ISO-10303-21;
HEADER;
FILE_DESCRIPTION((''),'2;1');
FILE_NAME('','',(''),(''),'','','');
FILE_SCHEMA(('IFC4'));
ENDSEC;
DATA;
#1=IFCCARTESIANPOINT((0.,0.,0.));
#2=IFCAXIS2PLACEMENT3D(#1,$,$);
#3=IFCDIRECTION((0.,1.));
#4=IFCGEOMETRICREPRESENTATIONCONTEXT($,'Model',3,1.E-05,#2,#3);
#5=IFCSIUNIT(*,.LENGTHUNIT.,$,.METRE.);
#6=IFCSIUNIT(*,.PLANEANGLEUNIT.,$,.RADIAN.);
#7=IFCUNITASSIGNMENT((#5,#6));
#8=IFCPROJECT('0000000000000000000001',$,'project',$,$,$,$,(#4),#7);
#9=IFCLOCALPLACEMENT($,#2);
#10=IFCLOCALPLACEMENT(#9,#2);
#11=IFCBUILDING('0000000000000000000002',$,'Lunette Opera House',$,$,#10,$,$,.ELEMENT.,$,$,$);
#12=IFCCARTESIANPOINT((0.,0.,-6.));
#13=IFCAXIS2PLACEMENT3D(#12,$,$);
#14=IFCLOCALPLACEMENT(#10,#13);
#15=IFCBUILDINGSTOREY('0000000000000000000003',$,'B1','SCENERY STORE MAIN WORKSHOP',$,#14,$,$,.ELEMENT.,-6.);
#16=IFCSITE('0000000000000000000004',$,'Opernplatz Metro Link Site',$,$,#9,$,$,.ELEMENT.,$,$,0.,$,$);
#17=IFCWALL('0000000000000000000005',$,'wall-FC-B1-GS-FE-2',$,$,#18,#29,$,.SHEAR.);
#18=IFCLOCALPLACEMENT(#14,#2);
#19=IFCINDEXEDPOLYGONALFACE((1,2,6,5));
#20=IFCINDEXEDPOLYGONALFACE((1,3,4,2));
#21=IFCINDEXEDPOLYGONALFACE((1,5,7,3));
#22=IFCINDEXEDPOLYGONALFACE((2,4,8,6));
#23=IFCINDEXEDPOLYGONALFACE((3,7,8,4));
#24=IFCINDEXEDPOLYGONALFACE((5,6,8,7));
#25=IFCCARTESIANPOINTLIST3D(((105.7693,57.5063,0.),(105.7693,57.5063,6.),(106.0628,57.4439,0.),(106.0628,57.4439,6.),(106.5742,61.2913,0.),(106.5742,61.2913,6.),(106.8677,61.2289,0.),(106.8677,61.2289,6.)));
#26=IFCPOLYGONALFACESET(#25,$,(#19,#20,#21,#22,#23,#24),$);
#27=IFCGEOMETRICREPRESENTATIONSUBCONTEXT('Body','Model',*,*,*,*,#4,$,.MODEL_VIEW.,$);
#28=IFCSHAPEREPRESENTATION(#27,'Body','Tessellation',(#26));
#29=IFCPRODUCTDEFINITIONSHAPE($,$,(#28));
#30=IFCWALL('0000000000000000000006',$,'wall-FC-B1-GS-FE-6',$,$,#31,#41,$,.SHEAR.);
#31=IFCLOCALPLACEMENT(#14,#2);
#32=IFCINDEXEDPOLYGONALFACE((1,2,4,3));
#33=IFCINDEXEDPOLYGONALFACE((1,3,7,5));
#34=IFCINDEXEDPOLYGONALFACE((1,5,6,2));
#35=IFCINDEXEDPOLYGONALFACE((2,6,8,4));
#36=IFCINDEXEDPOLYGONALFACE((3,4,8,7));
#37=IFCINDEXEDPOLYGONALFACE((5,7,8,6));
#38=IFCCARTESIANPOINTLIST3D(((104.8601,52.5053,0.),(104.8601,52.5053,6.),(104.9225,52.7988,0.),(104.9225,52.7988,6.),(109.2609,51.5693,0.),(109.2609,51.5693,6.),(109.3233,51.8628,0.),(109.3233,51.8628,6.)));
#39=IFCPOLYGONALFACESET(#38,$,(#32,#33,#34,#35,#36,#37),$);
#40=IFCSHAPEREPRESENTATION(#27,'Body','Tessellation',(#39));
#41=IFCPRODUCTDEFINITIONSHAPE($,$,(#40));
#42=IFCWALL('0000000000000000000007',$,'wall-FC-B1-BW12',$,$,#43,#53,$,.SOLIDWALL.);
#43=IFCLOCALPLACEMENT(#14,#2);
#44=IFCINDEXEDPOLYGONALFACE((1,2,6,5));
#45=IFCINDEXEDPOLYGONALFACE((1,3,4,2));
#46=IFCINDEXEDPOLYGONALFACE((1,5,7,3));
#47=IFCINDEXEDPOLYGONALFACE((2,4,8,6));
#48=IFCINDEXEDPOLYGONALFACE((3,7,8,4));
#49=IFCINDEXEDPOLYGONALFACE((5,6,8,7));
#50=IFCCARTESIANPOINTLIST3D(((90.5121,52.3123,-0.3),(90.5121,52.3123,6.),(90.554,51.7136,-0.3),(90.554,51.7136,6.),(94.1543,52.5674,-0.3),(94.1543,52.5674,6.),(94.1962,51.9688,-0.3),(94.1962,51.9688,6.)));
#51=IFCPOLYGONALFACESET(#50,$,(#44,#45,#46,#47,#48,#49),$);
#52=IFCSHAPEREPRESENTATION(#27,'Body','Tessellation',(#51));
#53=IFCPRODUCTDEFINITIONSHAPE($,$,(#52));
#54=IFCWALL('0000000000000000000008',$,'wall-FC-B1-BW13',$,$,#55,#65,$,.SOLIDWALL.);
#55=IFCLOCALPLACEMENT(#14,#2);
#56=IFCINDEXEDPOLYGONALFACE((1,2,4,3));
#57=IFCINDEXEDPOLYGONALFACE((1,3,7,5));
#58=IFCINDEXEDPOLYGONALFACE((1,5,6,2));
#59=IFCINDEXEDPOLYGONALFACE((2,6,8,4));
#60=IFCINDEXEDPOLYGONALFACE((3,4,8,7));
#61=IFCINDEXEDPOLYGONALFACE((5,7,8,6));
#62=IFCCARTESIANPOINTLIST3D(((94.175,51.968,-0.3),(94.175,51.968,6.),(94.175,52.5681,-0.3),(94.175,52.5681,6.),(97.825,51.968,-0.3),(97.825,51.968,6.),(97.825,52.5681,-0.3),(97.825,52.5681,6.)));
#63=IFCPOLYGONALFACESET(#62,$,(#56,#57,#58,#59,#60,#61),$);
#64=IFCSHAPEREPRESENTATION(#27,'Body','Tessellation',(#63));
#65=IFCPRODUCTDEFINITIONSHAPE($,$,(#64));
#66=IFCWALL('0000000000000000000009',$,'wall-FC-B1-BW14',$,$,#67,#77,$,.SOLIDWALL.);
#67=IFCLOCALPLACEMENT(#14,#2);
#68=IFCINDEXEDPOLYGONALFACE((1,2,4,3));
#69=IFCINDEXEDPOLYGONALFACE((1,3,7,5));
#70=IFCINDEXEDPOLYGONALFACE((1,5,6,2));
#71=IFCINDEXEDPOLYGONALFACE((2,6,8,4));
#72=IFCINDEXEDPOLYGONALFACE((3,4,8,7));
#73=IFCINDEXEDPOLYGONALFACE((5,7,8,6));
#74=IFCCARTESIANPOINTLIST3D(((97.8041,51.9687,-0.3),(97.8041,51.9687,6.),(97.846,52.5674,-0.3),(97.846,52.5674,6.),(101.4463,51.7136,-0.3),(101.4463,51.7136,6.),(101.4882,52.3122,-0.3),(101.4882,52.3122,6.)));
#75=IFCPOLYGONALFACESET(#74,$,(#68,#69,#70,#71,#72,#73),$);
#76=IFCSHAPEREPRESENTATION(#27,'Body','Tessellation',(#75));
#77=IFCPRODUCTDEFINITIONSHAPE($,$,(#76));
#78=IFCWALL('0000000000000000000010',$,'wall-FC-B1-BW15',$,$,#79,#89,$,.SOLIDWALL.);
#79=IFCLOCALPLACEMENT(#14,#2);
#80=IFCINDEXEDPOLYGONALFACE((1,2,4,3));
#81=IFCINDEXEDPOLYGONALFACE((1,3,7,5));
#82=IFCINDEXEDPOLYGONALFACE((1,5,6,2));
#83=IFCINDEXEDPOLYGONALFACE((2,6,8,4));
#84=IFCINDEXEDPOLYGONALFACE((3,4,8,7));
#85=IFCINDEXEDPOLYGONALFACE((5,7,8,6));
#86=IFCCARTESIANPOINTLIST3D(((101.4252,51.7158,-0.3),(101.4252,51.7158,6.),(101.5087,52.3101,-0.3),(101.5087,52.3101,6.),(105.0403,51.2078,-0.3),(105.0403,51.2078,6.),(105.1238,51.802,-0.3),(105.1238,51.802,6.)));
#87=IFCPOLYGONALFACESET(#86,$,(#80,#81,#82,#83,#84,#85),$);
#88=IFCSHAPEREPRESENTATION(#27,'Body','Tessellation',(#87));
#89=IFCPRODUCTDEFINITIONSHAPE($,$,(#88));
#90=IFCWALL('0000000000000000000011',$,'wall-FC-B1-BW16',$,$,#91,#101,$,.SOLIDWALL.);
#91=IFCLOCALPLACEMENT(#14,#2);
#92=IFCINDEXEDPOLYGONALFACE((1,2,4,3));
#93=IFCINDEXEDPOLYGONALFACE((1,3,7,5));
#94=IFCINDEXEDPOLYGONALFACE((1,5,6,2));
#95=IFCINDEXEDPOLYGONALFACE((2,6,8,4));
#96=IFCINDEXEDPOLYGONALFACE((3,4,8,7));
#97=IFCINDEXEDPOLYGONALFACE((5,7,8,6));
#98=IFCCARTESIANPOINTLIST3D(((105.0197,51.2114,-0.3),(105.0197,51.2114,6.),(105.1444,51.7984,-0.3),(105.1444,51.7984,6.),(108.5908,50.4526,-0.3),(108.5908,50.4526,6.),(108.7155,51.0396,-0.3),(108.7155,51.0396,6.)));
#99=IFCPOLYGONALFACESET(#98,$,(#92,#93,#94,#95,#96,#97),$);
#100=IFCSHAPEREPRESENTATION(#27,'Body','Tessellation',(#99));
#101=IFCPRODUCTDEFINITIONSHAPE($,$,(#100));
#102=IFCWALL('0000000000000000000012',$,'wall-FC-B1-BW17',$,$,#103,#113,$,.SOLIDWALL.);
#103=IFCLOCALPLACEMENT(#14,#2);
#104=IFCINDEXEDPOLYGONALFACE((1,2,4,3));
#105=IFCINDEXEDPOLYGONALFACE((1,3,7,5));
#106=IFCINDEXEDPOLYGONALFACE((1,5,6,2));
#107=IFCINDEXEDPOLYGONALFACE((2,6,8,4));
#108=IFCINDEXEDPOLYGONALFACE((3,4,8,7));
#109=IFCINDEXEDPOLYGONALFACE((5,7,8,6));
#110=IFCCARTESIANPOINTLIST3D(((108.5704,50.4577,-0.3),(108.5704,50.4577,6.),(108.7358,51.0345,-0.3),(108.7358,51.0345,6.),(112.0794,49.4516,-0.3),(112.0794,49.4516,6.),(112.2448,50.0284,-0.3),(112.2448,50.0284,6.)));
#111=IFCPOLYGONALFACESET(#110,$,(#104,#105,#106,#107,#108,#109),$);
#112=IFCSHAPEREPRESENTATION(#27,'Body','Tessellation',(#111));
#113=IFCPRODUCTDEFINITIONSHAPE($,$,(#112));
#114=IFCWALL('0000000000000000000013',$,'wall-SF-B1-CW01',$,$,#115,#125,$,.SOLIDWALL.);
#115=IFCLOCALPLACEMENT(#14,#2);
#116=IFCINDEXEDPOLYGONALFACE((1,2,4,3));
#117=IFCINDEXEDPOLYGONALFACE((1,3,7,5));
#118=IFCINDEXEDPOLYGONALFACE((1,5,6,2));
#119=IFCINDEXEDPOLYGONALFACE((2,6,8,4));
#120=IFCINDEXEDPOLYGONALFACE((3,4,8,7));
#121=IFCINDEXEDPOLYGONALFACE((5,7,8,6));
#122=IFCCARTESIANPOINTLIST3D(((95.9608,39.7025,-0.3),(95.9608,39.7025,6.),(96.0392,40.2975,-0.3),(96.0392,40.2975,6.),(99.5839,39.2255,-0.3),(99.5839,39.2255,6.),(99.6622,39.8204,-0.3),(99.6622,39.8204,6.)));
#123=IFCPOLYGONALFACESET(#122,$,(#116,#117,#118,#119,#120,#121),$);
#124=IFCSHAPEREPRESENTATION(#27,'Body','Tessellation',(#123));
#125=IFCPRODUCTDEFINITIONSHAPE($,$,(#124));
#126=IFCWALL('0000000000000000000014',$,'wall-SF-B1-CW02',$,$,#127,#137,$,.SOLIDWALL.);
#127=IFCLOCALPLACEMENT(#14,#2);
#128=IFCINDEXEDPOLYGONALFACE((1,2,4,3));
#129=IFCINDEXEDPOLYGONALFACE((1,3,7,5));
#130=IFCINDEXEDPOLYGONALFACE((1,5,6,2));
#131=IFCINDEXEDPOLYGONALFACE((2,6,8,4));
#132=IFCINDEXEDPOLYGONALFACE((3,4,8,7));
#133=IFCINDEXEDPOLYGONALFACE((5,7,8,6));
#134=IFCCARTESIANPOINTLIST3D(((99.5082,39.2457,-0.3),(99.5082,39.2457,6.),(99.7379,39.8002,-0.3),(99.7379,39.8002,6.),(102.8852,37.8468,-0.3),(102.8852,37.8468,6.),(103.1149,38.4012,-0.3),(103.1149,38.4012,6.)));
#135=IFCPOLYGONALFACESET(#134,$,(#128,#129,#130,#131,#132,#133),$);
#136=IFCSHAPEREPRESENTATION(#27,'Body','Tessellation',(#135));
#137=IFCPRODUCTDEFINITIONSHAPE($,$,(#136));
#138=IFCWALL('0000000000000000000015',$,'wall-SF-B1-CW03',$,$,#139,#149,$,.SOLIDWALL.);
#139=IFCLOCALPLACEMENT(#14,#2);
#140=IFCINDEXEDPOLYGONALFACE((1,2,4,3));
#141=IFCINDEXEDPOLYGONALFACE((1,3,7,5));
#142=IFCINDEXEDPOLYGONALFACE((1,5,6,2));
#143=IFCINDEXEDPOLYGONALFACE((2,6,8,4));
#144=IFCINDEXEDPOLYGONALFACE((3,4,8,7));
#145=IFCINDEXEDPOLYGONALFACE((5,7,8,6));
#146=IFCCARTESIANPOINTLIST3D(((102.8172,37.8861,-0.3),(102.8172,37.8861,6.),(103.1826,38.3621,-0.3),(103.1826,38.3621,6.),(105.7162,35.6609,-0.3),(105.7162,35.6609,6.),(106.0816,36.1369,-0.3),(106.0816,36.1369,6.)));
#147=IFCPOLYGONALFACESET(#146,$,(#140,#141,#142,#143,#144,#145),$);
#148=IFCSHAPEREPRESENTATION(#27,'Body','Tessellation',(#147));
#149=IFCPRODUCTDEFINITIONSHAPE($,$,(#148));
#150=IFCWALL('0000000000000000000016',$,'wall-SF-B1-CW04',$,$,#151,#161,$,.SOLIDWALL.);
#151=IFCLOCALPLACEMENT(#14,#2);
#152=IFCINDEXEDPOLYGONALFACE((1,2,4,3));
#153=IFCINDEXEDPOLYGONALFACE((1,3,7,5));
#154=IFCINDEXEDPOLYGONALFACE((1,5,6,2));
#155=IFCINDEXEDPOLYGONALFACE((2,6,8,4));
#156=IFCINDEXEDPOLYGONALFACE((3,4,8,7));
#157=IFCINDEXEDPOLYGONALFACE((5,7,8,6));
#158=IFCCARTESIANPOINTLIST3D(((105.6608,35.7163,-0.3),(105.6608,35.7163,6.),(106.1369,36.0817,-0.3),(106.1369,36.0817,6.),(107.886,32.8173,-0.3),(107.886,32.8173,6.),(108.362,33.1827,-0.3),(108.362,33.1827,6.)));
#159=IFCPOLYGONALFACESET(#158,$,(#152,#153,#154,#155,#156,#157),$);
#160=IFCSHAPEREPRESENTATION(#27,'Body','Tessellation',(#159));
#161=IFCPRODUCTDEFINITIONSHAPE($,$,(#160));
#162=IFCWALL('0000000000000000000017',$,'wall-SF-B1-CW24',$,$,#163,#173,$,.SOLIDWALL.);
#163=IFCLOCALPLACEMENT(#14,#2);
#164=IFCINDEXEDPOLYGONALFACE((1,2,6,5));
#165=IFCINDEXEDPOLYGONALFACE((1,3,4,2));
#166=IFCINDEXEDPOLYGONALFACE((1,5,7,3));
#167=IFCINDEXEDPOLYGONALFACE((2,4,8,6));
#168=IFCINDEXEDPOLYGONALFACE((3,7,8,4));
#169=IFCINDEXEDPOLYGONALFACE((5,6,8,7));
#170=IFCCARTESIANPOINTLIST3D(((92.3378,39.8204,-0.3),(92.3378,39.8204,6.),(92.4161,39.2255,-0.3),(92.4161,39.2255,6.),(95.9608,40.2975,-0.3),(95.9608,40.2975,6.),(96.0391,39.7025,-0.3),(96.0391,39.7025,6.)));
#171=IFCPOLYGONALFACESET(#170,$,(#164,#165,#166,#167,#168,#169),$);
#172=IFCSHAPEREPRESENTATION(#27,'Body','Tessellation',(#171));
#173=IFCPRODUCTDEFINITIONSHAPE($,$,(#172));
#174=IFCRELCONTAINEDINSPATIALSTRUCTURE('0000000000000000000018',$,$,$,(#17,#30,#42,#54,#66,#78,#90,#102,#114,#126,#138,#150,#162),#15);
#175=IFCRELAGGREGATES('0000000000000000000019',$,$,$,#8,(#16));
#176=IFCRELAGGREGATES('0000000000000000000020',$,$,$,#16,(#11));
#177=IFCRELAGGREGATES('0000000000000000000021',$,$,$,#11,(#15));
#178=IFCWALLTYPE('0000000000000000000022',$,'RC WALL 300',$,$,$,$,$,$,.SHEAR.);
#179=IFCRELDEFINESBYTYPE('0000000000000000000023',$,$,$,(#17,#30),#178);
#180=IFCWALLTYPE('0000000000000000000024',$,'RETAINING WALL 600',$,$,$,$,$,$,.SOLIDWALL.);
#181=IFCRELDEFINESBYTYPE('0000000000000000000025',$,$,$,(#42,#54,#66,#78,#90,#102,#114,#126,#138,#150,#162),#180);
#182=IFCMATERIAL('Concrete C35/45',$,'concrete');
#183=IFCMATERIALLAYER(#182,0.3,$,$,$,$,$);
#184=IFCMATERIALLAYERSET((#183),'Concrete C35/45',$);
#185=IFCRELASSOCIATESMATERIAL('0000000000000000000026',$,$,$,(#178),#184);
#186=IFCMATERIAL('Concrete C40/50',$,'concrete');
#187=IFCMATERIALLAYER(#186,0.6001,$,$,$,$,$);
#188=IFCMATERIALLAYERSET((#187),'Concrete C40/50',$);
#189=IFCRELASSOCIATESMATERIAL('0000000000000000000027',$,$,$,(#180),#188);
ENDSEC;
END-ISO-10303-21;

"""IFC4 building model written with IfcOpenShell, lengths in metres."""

from ifc_helpers import new_model, si_unit, direction, frame, frame_2d, origin, place, context, subcontext, project, spatial, rectangle, extrude, material, layer, layer_set, type_object, element, save


model = new_model("IFC4")

# Units and contexts
model_context = context("Model", 3, precision=1e-05, world=origin(), true_north=direction((0.0, 1.0)))
body_context = subcontext(model_context, "Body", "Model", "MODEL_VIEW")
ifc_project = project(units=[si_unit("LENGTHUNIT", "METRE"), si_unit("PLANEANGLEUNIT", "RADIAN")], contexts=[model_context])

# Site, building, storey
site_placement = place(None, origin())
site = spatial("IfcSite", under=ifc_project, at=site_placement, Name="Opernplatz Metro Link Site", CompositionType="ELEMENT", RefElevation=0.0)
building_placement = place(site_placement, origin())
building = spatial("IfcBuilding", under=site, at=building_placement, Name="Lunette Opera House", CompositionType="ELEMENT")
storey_placement = place(building_placement, frame((0.0, 0.0, -6.0)))
storey = spatial("IfcBuildingStorey", under=building, at=storey_placement, Name="B1", Description="SCENERY STORE MAIN WORKSHOP", CompositionType="ELEMENT", Elevation=-6.0)

# Walls
ifc_material_1 = material(Name="Concrete C35/45", Category="concrete")
ifc_layer_1 = layer(ifc_material_1, 0.3)
ifc_layer_set_1 = layer_set([ifc_layer_1], Name="Concrete C35/45")
wall_type_1 = type_object("IfcWallType", Name="RC WALL 300", PredefinedType="SHEAR", material=ifc_layer_set_1)
wall_1_placement = place(storey_placement, frame((105.916, 57.4751, 0.0), z_axis=(0.0, 0.0, 1.0), x_axis=(0.208016, 0.978125, 0.0)))
element("IfcWall", 1, at=wall_1_placement, inside=storey, type_object=wall_type_1, Name="wall-FC-B1-GS-FE-2", PredefinedType="SHEAR", context=body_context, shape_type="SweptSolid", body=[
    extrude(rectangle(XDim=3.8696, YDim=0.3, at=frame_2d((1.9348, 0.0))), origin(), (0.0, 0.0, 1.0), 6.0),
])
wall_2_placement = place(storey_placement, frame((109.292, 51.7161, 0.0), z_axis=(0.0, 0.0, 1.0), x_axis=(-0.97812, 0.208039, 0.0)))
element("IfcWall", 2, at=wall_2_placement, inside=storey, type_object=wall_type_1, Name="wall-FC-B1-GS-FE-6", PredefinedType="SHEAR", context=body_context, shape_type="SweptSolid", body=[
    extrude(rectangle(XDim=4.4993, YDim=0.3, at=frame_2d((2.2495, 0.0))), origin(), (0.0, 0.0, 1.0), 6.0),
])
ifc_material_2 = material(Name="Concrete C40/50", Category="concrete")
ifc_layer_2 = layer(ifc_material_2, 0.6001)
ifc_layer_set_2 = layer_set([ifc_layer_2], Name="Concrete C40/50")
wall_type_2 = type_object("IfcWallType", Name="RETAINING WALL 600", PredefinedType="SOLIDWALL", material=ifc_layer_set_2)
wall_3_placement = place(storey_placement, frame((90.533, 52.0129, -0.3), z_axis=(0.0, 0.0, 1.0), x_axis=(0.997556, 0.069878, 0.0)))
element("IfcWall", 3, at=wall_3_placement, inside=storey, type_object=wall_type_2, Name="wall-FC-B1-BW12", PredefinedType="SOLIDWALL", context=body_context, shape_type="SweptSolid", body=[
    extrude(rectangle(XDim=3.6511, YDim=0.6001, at=frame_2d((1.8257, 0.0))), origin(), (0.0, 0.0, 1.0), 6.3),
])
wall_4_placement = place(storey_placement, frame((94.175, 52.2681, -0.3), z_axis=(0.0, 0.0, 1.0), x_axis=(1.0, 0.0, 0.0)))
element("IfcWall", 4, at=wall_4_placement, inside=storey, type_object=wall_type_2, Name="wall-FC-B1-BW13", PredefinedType="SOLIDWALL", context=body_context, shape_type="SweptSolid", body=[
    extrude(rectangle(XDim=3.6499, YDim=0.6001, at=frame_2d((1.825, 0.0))), origin(), (0.0, 0.0, 1.0), 6.3),
])
wall_5_placement = place(storey_placement, frame((97.825, 52.2681, -0.3), z_axis=(0.0, 0.0, 1.0), x_axis=(0.997556, -0.069878, 0.0)))
element("IfcWall", 5, at=wall_5_placement, inside=storey, type_object=wall_type_2, Name="wall-FC-B1-BW14", PredefinedType="SOLIDWALL", context=body_context, shape_type="SweptSolid", body=[
    extrude(rectangle(XDim=3.6511, YDim=0.6001, at=frame_2d((1.8257, 0.0))), origin(), (0.0, 0.0, 1.0), 6.3),
])
wall_6_placement = place(storey_placement, frame((101.467, 52.0129, -0.3), z_axis=(0.0, 0.0, 1.0), x_axis=(0.990268, -0.139174, 0.0)))
element("IfcWall", 6, at=wall_6_placement, inside=storey, type_object=wall_type_2, Name="wall-FC-B1-BW15", PredefinedType="SOLIDWALL", context=body_context, shape_type="SweptSolid", body=[
    extrude(rectangle(XDim=3.6506, YDim=0.6001, at=frame_2d((1.8252, 0.0))), origin(), (0.0, 0.0, 1.0), 6.3),
])
wall_7_placement = place(storey_placement, frame((105.082, 51.5049, -0.3), z_axis=(0.0, 0.0, 1.0), x_axis=(0.978162, -0.207844, 0.0)))
element("IfcWall", 7, at=wall_7_placement, inside=storey, type_object=wall_type_2, Name="wall-FC-B1-BW16", PredefinedType="SOLIDWALL", context=body_context, shape_type="SweptSolid", body=[
    extrude(rectangle(XDim=3.6509, YDim=0.6001, at=frame_2d((1.8254, 0.0))), origin(), (0.0, 0.0, 1.0), 6.3),
])
wall_8_placement = place(storey_placement, frame((108.6531, 50.7461, -0.3), z_axis=(0.0, 0.0, 1.0), x_axis=(0.961269, -0.275613, 0.0)))
element("IfcWall", 8, at=wall_8_placement, inside=storey, type_object=wall_type_2, Name="wall-FC-B1-BW17", PredefinedType="SOLIDWALL", context=body_context, shape_type="SweptSolid", body=[
    extrude(rectangle(XDim=3.6504, YDim=0.6001, at=frame_2d((1.8252, 0.0))), origin(), (0.0, 0.0, 1.0), 6.3),
])
wall_9_placement = place(storey_placement, frame((96.0, 40.0, -0.3), z_axis=(0.0, 0.0, 1.0), x_axis=(0.991442, -0.130544, 0.0)))
element("IfcWall", 9, at=wall_9_placement, inside=storey, type_object=wall_type_2, Name="wall-SF-B1-CW01", PredefinedType="SOLIDWALL", context=body_context, shape_type="SweptSolid", body=[
    extrude(rectangle(XDim=3.6543, YDim=0.6001, at=frame_2d((1.8271, 0.0))), origin(), (0.0, 0.0, 1.0), 6.3),
])
wall_10_placement = place(storey_placement, frame((99.623, 39.5229, -0.3), z_axis=(0.0, 0.0, 1.0), x_axis=(0.923865, -0.382718, 0.0)))
element("IfcWall", 10, at=wall_10_placement, inside=storey, type_object=wall_type_2, Name="wall-SF-B1-CW02", PredefinedType="SOLIDWALL", context=body_context, shape_type="SweptSolid", body=[
    extrude(rectangle(XDim=3.6553, YDim=0.6001, at=frame_2d((1.8276, 0.0))), origin(), (0.0, 0.0, 1.0), 6.3),
])
for number, where, z_axis, x_axis, name in (
    (11, (103.0, 38.124, -0.3), (0.0, 0.0, 1.0), (0.793264, -0.608877, 0.0), "wall-SF-B1-CW03"),
    (12, (105.8989, 35.8989, -0.3), (0.0, 0.0, 1.0), (0.608877, -0.793264, 0.0), "wall-SF-B1-CW04"),
):
    element("IfcWall", number, at=place(storey_placement, frame(where, z_axis=z_axis, x_axis=x_axis)), inside=storey, type_object=wall_type_2, Name=name, PredefinedType="SOLIDWALL", context=body_context, shape_type="SweptSolid", body=[
        extrude(rectangle(XDim=3.6545, YDim=0.6001, at=frame_2d((1.8271, 0.0))), origin(), (0.0, 0.0, 1.0), 6.3),
    ])
wall_11_placement = place(storey_placement, frame((92.377, 39.5229, -0.3), z_axis=(0.0, 0.0, 1.0), x_axis=(0.991442, 0.130544, 0.0)))
element("IfcWall", 13, at=wall_11_placement, inside=storey, type_object=wall_type_2, Name="wall-SF-B1-CW24", PredefinedType="SOLIDWALL", context=body_context, shape_type="SweptSolid", body=[
    extrude(rectangle(XDim=3.6543, YDim=0.6001, at=frame_2d((1.8271, 0.0))), origin(), (0.0, 0.0, 1.0), 6.3),
])

save(model, "model.ifc")
